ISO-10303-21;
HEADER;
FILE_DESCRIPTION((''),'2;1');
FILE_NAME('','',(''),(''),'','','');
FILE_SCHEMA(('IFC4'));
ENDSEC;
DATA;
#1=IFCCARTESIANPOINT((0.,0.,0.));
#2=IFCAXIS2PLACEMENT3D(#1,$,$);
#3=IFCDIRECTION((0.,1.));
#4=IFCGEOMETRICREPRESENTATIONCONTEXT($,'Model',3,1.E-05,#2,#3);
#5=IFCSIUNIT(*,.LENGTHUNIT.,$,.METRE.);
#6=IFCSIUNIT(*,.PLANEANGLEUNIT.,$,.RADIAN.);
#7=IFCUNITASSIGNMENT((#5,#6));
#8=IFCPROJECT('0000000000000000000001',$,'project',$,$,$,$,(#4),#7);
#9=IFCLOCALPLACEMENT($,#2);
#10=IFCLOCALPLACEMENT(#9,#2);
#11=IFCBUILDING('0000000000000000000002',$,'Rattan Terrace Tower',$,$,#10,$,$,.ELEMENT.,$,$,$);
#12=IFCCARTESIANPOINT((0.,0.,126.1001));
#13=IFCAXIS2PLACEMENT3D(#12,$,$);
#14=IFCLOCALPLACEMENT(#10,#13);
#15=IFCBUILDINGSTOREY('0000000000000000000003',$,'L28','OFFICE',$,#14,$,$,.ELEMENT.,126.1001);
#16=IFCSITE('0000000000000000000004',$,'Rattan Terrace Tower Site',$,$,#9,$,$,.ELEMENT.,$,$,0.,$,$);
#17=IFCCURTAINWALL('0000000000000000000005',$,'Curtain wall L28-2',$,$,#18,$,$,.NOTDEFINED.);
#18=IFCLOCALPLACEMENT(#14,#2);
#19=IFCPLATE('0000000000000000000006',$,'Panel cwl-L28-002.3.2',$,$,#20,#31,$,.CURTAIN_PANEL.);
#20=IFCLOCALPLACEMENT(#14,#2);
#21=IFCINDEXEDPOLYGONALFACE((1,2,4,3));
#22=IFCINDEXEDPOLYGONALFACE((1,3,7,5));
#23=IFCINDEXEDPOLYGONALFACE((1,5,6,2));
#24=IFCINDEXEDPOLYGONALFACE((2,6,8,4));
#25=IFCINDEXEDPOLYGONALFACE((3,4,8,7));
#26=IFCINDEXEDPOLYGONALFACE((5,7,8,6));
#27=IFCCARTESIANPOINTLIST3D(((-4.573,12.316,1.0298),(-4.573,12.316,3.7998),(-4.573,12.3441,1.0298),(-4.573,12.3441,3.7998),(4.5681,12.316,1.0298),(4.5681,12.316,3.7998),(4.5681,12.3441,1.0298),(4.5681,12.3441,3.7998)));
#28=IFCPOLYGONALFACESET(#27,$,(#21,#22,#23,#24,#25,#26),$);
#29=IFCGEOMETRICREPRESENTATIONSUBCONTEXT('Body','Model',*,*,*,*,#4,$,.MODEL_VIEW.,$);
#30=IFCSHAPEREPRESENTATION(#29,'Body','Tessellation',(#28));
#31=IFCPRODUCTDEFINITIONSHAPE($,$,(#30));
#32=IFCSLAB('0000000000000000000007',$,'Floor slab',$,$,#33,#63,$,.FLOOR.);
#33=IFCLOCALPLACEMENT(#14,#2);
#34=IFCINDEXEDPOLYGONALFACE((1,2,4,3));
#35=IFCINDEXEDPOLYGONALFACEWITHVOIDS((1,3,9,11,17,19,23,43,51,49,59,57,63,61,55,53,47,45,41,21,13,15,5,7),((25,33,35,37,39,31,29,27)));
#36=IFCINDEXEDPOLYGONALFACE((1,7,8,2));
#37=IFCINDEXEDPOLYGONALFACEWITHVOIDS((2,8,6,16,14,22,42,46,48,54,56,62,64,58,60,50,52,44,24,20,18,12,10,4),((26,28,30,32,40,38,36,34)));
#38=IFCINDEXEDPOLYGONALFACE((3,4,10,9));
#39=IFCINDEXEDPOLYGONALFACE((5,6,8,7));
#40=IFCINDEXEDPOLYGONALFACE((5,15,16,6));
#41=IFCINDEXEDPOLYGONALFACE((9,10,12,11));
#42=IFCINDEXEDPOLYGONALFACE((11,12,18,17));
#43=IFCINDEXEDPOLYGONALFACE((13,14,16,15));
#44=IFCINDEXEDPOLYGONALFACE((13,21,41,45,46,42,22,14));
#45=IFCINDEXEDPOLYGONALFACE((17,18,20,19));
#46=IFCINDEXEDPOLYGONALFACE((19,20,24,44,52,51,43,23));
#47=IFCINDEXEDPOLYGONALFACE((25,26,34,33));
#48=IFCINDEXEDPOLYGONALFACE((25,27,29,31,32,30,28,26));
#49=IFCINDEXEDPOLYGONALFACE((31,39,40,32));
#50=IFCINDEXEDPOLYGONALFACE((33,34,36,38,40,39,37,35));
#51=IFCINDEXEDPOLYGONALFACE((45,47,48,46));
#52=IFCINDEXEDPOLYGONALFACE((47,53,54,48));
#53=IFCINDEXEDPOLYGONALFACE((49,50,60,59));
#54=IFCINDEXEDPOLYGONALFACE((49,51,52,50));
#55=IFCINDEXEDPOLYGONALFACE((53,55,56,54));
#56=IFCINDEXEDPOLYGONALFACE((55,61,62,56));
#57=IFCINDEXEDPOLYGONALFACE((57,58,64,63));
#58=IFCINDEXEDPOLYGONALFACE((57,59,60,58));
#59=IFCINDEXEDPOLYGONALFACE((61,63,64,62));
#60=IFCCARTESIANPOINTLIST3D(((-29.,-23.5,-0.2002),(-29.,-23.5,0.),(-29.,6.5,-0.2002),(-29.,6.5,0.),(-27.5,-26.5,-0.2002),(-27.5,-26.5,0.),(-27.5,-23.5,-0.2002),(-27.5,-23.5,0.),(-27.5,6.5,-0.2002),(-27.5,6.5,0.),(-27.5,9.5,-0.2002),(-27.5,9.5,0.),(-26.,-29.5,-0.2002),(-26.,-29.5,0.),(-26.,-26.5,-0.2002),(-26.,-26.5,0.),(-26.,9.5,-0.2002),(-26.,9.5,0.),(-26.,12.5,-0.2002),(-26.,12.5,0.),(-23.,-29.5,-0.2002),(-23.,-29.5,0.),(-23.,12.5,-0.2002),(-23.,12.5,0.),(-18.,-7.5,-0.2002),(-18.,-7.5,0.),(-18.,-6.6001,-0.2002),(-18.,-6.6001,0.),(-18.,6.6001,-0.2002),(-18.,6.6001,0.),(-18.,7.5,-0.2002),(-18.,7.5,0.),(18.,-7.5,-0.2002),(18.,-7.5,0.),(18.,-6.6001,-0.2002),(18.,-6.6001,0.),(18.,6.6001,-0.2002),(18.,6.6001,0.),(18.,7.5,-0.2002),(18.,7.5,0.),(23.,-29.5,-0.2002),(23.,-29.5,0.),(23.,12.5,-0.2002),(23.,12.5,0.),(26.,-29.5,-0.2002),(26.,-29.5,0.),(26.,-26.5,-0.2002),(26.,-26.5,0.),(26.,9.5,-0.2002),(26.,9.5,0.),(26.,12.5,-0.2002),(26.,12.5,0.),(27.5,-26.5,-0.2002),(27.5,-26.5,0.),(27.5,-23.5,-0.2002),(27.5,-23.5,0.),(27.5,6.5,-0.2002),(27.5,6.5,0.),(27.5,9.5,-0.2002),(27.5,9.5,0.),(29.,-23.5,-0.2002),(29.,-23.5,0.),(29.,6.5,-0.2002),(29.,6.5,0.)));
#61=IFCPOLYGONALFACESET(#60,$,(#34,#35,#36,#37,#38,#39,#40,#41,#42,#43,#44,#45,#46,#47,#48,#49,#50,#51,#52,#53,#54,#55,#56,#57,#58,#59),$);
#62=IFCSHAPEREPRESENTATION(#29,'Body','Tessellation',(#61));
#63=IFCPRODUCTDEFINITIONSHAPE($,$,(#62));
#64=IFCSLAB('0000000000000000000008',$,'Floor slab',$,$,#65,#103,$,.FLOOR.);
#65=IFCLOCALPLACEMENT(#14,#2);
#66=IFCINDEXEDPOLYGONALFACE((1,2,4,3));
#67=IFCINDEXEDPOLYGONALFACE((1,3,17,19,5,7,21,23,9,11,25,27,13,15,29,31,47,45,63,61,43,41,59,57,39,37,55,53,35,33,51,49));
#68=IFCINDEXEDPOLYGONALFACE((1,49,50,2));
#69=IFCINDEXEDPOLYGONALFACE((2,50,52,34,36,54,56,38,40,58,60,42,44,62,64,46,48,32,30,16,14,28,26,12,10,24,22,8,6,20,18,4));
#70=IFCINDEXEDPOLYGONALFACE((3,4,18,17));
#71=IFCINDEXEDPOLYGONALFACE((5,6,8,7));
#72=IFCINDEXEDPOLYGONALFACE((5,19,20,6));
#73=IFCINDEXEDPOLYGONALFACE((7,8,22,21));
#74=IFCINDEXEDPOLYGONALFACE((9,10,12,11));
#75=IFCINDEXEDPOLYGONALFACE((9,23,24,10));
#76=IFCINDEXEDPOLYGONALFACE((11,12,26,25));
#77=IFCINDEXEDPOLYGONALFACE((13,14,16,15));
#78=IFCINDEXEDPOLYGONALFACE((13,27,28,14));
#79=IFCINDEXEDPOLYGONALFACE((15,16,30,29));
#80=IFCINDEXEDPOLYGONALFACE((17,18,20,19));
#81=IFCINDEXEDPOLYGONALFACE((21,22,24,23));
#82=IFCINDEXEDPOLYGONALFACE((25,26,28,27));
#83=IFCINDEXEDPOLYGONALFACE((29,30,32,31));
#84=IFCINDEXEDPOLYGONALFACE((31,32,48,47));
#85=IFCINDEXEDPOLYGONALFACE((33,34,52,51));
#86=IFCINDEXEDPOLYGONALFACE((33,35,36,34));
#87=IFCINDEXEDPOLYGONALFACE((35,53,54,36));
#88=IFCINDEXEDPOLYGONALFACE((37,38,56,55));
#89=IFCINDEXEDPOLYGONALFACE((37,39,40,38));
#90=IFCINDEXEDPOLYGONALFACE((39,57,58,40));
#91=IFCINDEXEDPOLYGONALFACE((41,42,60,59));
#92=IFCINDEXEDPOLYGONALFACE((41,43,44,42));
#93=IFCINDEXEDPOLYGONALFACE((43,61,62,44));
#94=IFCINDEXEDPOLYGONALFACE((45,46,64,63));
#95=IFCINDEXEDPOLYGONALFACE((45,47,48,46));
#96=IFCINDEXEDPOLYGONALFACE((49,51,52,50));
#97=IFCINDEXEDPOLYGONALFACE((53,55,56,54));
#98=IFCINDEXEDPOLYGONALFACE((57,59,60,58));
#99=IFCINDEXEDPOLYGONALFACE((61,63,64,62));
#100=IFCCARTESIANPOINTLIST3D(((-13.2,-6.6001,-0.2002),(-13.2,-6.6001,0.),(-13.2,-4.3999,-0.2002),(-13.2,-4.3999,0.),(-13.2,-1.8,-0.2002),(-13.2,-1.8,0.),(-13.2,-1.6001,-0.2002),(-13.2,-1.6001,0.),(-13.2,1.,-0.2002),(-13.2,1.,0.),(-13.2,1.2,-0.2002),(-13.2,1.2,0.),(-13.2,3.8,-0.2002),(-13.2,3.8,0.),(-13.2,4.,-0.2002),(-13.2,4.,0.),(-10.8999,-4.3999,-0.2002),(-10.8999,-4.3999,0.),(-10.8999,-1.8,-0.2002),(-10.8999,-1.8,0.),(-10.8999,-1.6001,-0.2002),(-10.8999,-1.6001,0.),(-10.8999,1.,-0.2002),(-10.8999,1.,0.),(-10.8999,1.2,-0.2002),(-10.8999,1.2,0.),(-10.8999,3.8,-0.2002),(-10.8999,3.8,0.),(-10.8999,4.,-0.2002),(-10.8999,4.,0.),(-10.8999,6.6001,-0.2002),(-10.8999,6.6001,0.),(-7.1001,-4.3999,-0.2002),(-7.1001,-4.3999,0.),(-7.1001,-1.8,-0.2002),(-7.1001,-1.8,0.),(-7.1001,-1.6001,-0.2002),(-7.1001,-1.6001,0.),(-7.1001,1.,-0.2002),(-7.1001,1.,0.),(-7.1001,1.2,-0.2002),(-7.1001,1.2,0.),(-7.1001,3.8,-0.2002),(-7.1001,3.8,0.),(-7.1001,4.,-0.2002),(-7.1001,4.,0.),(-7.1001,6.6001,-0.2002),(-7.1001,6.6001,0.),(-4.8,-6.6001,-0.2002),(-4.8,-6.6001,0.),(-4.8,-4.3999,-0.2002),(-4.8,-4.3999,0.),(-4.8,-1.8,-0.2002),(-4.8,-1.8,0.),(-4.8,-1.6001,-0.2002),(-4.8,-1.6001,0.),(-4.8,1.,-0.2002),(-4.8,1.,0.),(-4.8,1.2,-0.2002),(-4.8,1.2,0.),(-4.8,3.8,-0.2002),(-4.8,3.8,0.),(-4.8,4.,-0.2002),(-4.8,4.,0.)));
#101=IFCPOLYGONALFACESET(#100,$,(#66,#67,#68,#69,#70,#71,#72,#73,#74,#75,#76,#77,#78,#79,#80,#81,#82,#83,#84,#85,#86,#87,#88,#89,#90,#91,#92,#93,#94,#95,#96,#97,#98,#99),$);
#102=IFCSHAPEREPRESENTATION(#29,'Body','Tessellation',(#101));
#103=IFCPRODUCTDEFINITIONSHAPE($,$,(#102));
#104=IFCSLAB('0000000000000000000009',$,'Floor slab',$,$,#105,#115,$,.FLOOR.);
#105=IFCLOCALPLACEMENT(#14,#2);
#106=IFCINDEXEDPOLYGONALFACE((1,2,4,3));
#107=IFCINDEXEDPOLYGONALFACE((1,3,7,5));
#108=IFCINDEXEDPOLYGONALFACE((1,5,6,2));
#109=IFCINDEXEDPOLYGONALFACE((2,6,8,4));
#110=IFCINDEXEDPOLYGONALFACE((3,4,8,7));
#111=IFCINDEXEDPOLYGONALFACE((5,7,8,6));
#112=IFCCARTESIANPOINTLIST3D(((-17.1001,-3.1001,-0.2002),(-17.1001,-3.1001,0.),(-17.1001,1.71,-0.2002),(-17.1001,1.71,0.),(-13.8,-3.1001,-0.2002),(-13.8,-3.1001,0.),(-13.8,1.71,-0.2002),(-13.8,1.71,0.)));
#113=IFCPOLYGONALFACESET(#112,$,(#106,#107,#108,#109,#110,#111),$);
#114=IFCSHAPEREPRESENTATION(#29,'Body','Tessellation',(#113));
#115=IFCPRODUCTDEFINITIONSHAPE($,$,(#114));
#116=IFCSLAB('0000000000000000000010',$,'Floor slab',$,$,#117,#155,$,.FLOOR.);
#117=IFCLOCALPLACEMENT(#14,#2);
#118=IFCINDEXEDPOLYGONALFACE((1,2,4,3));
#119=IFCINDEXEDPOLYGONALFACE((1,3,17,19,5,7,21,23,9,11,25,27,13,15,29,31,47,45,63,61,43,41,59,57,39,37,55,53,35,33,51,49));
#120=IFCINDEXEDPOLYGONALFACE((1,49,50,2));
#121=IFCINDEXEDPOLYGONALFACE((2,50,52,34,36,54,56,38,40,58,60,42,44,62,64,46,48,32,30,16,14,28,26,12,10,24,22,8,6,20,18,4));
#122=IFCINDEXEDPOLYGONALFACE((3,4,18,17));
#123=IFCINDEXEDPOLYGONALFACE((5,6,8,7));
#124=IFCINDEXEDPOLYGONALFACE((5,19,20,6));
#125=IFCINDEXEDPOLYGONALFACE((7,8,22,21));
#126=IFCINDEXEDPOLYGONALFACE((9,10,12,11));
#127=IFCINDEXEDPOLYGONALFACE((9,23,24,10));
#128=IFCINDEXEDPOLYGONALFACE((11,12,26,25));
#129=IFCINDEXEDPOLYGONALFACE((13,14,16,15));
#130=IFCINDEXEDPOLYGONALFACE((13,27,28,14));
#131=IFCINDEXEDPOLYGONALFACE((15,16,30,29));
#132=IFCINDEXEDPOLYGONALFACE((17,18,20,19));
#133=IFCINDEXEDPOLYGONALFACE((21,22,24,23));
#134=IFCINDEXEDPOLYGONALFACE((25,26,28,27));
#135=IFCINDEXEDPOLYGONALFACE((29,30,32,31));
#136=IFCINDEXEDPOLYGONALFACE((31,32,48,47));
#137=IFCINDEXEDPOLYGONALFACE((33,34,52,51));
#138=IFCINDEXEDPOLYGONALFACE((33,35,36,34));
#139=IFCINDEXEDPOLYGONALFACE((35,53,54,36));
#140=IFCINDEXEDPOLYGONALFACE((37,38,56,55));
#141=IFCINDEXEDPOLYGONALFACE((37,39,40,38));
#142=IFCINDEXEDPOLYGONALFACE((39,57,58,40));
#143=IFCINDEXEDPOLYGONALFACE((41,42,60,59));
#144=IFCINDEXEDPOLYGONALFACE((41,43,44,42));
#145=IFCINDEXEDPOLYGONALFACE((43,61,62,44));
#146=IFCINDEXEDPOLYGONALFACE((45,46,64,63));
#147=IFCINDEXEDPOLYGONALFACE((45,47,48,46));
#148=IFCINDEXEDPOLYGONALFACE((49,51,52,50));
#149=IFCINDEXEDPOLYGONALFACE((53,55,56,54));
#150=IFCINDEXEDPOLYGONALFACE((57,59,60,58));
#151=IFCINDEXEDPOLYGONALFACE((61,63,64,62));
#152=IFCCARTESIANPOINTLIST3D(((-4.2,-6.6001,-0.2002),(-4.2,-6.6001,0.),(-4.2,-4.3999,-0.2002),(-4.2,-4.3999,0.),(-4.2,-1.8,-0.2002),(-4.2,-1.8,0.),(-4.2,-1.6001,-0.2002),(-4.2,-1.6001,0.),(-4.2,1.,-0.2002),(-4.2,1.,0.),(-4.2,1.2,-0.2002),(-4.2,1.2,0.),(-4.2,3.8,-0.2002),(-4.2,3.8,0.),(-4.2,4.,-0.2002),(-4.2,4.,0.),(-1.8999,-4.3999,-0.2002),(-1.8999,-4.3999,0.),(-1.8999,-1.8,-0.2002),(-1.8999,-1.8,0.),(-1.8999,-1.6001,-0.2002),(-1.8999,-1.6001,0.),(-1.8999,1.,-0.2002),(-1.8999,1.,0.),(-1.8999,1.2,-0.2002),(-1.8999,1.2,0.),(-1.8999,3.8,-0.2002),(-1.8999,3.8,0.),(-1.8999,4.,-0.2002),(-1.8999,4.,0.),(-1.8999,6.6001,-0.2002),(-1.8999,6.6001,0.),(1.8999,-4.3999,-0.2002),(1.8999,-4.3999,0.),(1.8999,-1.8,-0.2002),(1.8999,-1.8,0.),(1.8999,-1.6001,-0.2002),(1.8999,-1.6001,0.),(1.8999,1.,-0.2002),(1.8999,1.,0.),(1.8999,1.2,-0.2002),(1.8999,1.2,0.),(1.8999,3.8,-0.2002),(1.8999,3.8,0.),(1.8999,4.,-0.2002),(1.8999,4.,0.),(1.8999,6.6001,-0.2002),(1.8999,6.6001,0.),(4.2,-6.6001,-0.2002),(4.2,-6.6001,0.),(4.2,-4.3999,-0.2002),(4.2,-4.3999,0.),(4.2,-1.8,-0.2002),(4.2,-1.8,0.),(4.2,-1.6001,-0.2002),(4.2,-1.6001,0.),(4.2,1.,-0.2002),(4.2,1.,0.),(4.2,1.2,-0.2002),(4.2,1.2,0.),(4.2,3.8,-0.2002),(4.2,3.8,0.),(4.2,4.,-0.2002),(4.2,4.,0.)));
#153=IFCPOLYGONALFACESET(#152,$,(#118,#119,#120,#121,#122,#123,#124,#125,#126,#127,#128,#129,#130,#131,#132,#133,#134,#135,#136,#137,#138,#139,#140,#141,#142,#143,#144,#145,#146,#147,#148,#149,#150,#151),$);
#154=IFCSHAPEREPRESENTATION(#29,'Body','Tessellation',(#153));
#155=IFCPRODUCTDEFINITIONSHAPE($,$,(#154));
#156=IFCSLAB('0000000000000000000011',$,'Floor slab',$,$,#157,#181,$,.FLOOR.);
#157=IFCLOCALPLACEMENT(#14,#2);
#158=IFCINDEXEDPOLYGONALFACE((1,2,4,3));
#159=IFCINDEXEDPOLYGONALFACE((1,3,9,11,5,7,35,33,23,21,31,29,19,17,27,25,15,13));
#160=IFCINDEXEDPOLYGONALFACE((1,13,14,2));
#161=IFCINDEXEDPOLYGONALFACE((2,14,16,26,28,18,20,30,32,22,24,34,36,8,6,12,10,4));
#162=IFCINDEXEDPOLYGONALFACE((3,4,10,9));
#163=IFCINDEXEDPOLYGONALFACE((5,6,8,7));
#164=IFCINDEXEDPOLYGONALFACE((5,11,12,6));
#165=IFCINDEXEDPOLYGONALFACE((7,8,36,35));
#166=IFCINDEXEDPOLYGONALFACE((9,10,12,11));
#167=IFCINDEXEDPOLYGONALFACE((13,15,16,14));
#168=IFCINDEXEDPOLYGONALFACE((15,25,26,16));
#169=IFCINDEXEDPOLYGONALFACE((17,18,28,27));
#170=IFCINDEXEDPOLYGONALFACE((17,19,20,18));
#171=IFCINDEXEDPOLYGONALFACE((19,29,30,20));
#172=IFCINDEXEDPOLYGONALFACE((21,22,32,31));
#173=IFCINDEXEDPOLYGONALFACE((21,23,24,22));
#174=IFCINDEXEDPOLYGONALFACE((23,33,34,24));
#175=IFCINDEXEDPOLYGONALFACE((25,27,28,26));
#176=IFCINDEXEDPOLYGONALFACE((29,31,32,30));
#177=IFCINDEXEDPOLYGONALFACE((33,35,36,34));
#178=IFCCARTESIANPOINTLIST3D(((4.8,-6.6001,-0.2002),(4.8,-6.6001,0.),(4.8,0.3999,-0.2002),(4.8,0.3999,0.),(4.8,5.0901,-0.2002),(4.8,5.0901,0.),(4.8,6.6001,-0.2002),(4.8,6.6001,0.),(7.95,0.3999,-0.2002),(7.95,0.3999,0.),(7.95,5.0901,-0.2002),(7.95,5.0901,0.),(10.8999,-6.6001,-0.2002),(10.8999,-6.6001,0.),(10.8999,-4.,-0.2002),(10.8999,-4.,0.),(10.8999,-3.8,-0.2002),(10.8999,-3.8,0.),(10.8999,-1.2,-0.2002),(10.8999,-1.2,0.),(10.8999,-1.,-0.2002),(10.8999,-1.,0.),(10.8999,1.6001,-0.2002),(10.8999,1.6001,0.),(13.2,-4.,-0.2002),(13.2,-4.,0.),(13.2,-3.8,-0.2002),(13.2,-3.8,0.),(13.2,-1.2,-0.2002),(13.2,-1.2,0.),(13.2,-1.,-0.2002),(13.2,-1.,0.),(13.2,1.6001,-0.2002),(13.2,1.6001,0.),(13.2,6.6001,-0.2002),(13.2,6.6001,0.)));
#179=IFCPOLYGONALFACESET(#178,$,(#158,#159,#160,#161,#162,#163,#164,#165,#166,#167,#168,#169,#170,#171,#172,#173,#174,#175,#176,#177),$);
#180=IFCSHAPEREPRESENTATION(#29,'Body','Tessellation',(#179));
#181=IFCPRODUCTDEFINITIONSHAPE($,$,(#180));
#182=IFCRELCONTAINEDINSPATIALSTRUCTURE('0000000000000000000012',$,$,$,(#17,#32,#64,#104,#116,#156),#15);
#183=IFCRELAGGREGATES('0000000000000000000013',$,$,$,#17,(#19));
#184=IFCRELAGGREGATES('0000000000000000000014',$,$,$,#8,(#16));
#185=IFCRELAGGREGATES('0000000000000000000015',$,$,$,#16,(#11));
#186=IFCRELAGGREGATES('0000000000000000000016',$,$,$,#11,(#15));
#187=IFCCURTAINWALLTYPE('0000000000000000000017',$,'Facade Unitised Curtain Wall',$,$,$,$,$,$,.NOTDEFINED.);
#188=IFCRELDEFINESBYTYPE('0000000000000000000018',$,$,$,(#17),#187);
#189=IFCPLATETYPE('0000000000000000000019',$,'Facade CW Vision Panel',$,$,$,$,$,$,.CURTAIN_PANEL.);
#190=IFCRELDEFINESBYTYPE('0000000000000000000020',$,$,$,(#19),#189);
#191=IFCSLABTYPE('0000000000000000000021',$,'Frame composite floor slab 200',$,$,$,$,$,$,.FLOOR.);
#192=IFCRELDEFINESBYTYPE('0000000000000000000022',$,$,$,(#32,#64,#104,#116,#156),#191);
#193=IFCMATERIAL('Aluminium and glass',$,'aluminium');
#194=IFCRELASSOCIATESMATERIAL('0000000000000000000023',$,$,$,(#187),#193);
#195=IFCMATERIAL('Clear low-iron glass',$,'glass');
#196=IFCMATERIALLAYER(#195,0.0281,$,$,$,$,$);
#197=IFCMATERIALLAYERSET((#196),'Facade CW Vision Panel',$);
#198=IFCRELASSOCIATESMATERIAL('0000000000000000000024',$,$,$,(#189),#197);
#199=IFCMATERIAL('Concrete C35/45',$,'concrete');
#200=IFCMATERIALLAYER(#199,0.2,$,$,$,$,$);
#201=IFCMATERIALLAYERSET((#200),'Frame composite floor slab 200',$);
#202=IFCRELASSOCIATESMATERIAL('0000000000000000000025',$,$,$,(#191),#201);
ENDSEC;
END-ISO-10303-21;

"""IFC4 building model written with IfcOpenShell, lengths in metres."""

from ifc_helpers import new_model, si_unit, direction, frame, origin, origin_2d, place, context, subcontext, project, spatial, polyline, rectangle, outline, extrude, material, layer, layer_set, type_object, element, aggregate, save


model = new_model("IFC4")

# Units and contexts
model_context = context("Model", 3, precision=1e-05, world=origin(), true_north=direction((0.0, 1.0)))
body_context = subcontext(model_context, "Body", "Model", "MODEL_VIEW")
ifc_project = project(units=[si_unit("LENGTHUNIT", "METRE"), si_unit("PLANEANGLEUNIT", "RADIAN")], contexts=[model_context])

# Site, building, storey
site_placement = place(None, origin())
site = spatial("IfcSite", under=ifc_project, at=site_placement, Name="Rattan Terrace Tower Site", CompositionType="ELEMENT", RefElevation=0.0)
building_placement = place(site_placement, origin())
building = spatial("IfcBuilding", under=site, at=building_placement, Name="Rattan Terrace Tower", CompositionType="ELEMENT")
storey_placement = place(building_placement, frame((0.0, 0.0, 126.1001)))
storey = spatial("IfcBuildingStorey", under=building, at=storey_placement, Name="L28", Description="OFFICE", CompositionType="ELEMENT", Elevation=126.1001)

# Curtain wall
ifc_material_1 = material(Name="Aluminium and glass", Category="aluminium")
curtain_wall_type = type_object("IfcCurtainWallType", Name="Facade Unitised Curtain Wall", PredefinedType="NOTDEFINED", material=ifc_material_1)
curtain_wall_placement = place(storey_placement, origin())
curtain_wall = element("IfcCurtainWall", 1, at=curtain_wall_placement, inside=storey, type_object=curtain_wall_type, Name="Curtain wall L28-2", PredefinedType="NOTDEFINED")

# Plate
ifc_material_2 = material(Name="Clear low-iron glass", Category="glass")
ifc_layer_1 = layer(ifc_material_2, 0.0281)
ifc_layer_set_1 = layer_set([ifc_layer_1], Name="Facade CW Vision Panel")
plate_type_1 = type_object("IfcPlateType", Name="Facade CW Vision Panel", PredefinedType="CURTAIN_PANEL", material=ifc_layer_set_1)
plate_1_placement = place(storey_placement, frame((-0.0024, 12.3301, 1.0298), z_axis=(0.0, 0.0, 1.0), x_axis=(-1.0, 0.0, 0.0)))
plate_1 = element("IfcPlate", 2, at=plate_1_placement, type_object=plate_type_1, Name="Panel cwl-L28-002.3.2", PredefinedType="CURTAIN_PANEL", context=body_context, shape_type="SweptSolid", body=[
    extrude(rectangle(XDim=9.1411, YDim=0.0281, at=origin_2d()), origin(), (0.0, 0.0, 1.0), 2.77),
])
aggregate(curtain_wall, [plate_1])

# Slabs
ifc_material_3 = material(Name="Concrete C35/45", Category="concrete")
ifc_layer_2 = layer(ifc_material_3, 0.2)
ifc_layer_set_2 = layer_set([ifc_layer_2], Name="Frame composite floor slab 200")
slab_type_1 = type_object("IfcSlabType", Name="Frame composite floor slab 200", PredefinedType="FLOOR", material=ifc_layer_set_2)
slab_1_placement = place(storey_placement, frame((0.0, 0.0, -0.2002)))
element("IfcSlab", 3, at=slab_1_placement, inside=storey, type_object=slab_type_1, Name="Floor slab", PredefinedType="FLOOR", context=body_context, shape_type="SweptSolid", body=[
    extrude(outline(polyline([(-23.0, -29.5), (23.0, -29.5), (26.0, -29.5), (26.0, -26.5), (27.5, -26.5), (27.5, -23.5), (29.0, -23.5), (29.0, 6.5), (27.5, 6.5), (27.5, 9.5), (26.0, 9.5), (26.0, 12.5), (23.0, 12.5), (-23.0, 12.5), (-26.0, 12.5), (-26.0, 9.5), (-27.5, 9.5), (-27.5, 6.5), (-29.0, 6.5), (-29.0, -23.5), (-27.5, -23.5), (-27.5, -26.5), (-26.0, -26.5), (-26.0, -29.5), (-23.0, -29.5)]), holes=[polyline([(-18.0, -6.6001), (-18.0, -7.5), (18.0, -7.5), (18.0, -6.6001), (18.0, 6.6001), (18.0, 7.5), (-18.0, 7.5), (-18.0, 6.6001), (-18.0, -6.6001)])]), origin(), (0.0, 0.0, 1.0), 0.2002),
])
slab_2_placement = place(storey_placement, frame((0.0, 0.0, -0.2002)))
element("IfcSlab", 4, at=slab_2_placement, inside=storey, type_object=slab_type_1, Name="Floor slab", PredefinedType="FLOOR", context=body_context, shape_type="SweptSolid", body=[
    extrude(outline(polyline([(-10.8999, 6.6001), (-10.8999, 4.0), (-13.2, 4.0), (-13.2, 3.8), (-10.8999, 3.8), (-10.8999, 1.2), (-13.2, 1.2), (-13.2, 1.0), (-10.8999, 1.0), (-10.8999, -1.6001), (-13.2, -1.6001), (-13.2, -1.8), (-10.8999, -1.8), (-10.8999, -4.3999), (-13.2, -4.3999), (-13.2, -6.6001), (-4.8, -6.6001), (-4.8, -4.3999), (-7.1001, -4.3999), (-7.1001, -1.8), (-4.8, -1.8), (-4.8, -1.6001), (-7.1001, -1.6001), (-7.1001, 1.0), (-4.8, 1.0), (-4.8, 1.2), (-7.1001, 1.2), (-7.1001, 3.8), (-4.8, 3.8), (-4.8, 4.0), (-7.1001, 4.0), (-7.1001, 6.6001), (-10.8999, 6.6001)])), origin(), (0.0, 0.0, 1.0), 0.2002),
])
slab_3_placement = place(storey_placement, frame((0.0, 0.0, -0.2002)))
element("IfcSlab", 5, at=slab_3_placement, inside=storey, type_object=slab_type_1, Name="Floor slab", PredefinedType="FLOOR", context=body_context, shape_type="SweptSolid", body=[
    extrude(outline(polyline([(-17.1001, -3.1001), (-13.8, -3.1001), (-13.8, 1.71), (-17.1001, 1.71), (-17.1001, -3.1001)])), origin(), (0.0, 0.0, 1.0), 0.2002),
])
slab_4_placement = place(storey_placement, frame((0.0, 0.0, -0.2002)))
element("IfcSlab", 6, at=slab_4_placement, inside=storey, type_object=slab_type_1, Name="Floor slab", PredefinedType="FLOOR", context=body_context, shape_type="SweptSolid", body=[
    extrude(outline(polyline([(-4.2, 4.0), (-4.2, 3.8), (-1.8999, 3.8), (-1.8999, 1.2), (-4.2, 1.2), (-4.2, 1.0), (-1.8999, 1.0), (-1.8999, -1.6001), (-4.2, -1.6001), (-4.2, -1.8), (-1.8999, -1.8), (-1.8999, -4.3999), (-4.2, -4.3999), (-4.2, -6.6001), (4.2, -6.6001), (4.2, -4.3999), (1.8999, -4.3999), (1.8999, -1.8), (4.2, -1.8), (4.2, -1.6001), (1.8999, -1.6001), (1.8999, 1.0), (4.2, 1.0), (4.2, 1.2), (1.8999, 1.2), (1.8999, 3.8), (4.2, 3.8), (4.2, 4.0), (1.8999, 4.0), (1.8999, 6.6001), (-1.8999, 6.6001), (-1.8999, 4.0), (-4.2, 4.0)])), origin(), (0.0, 0.0, 1.0), 0.2002),
])
slab_5_placement = place(storey_placement, frame((0.0, 0.0, -0.2002)))
element("IfcSlab", 7, at=slab_5_placement, inside=storey, type_object=slab_type_1, Name="Floor slab", PredefinedType="FLOOR", context=body_context, shape_type="SweptSolid", body=[
    extrude(outline(polyline([(4.8, 5.0901), (7.95, 5.0901), (7.95, 0.3999), (4.8, 0.3999), (4.8, -6.6001), (10.8999, -6.6001), (10.8999, -4.0), (13.2, -4.0), (13.2, -3.8), (10.8999, -3.8), (10.8999, -1.2), (13.2, -1.2), (13.2, -1.0), (10.8999, -1.0), (10.8999, 1.6001), (13.2, 1.6001), (13.2, 6.6001), (4.8, 6.6001), (4.8, 5.0901)])), origin(), (0.0, 0.0, 1.0), 0.2002),
])

save(model, "model.ifc")
